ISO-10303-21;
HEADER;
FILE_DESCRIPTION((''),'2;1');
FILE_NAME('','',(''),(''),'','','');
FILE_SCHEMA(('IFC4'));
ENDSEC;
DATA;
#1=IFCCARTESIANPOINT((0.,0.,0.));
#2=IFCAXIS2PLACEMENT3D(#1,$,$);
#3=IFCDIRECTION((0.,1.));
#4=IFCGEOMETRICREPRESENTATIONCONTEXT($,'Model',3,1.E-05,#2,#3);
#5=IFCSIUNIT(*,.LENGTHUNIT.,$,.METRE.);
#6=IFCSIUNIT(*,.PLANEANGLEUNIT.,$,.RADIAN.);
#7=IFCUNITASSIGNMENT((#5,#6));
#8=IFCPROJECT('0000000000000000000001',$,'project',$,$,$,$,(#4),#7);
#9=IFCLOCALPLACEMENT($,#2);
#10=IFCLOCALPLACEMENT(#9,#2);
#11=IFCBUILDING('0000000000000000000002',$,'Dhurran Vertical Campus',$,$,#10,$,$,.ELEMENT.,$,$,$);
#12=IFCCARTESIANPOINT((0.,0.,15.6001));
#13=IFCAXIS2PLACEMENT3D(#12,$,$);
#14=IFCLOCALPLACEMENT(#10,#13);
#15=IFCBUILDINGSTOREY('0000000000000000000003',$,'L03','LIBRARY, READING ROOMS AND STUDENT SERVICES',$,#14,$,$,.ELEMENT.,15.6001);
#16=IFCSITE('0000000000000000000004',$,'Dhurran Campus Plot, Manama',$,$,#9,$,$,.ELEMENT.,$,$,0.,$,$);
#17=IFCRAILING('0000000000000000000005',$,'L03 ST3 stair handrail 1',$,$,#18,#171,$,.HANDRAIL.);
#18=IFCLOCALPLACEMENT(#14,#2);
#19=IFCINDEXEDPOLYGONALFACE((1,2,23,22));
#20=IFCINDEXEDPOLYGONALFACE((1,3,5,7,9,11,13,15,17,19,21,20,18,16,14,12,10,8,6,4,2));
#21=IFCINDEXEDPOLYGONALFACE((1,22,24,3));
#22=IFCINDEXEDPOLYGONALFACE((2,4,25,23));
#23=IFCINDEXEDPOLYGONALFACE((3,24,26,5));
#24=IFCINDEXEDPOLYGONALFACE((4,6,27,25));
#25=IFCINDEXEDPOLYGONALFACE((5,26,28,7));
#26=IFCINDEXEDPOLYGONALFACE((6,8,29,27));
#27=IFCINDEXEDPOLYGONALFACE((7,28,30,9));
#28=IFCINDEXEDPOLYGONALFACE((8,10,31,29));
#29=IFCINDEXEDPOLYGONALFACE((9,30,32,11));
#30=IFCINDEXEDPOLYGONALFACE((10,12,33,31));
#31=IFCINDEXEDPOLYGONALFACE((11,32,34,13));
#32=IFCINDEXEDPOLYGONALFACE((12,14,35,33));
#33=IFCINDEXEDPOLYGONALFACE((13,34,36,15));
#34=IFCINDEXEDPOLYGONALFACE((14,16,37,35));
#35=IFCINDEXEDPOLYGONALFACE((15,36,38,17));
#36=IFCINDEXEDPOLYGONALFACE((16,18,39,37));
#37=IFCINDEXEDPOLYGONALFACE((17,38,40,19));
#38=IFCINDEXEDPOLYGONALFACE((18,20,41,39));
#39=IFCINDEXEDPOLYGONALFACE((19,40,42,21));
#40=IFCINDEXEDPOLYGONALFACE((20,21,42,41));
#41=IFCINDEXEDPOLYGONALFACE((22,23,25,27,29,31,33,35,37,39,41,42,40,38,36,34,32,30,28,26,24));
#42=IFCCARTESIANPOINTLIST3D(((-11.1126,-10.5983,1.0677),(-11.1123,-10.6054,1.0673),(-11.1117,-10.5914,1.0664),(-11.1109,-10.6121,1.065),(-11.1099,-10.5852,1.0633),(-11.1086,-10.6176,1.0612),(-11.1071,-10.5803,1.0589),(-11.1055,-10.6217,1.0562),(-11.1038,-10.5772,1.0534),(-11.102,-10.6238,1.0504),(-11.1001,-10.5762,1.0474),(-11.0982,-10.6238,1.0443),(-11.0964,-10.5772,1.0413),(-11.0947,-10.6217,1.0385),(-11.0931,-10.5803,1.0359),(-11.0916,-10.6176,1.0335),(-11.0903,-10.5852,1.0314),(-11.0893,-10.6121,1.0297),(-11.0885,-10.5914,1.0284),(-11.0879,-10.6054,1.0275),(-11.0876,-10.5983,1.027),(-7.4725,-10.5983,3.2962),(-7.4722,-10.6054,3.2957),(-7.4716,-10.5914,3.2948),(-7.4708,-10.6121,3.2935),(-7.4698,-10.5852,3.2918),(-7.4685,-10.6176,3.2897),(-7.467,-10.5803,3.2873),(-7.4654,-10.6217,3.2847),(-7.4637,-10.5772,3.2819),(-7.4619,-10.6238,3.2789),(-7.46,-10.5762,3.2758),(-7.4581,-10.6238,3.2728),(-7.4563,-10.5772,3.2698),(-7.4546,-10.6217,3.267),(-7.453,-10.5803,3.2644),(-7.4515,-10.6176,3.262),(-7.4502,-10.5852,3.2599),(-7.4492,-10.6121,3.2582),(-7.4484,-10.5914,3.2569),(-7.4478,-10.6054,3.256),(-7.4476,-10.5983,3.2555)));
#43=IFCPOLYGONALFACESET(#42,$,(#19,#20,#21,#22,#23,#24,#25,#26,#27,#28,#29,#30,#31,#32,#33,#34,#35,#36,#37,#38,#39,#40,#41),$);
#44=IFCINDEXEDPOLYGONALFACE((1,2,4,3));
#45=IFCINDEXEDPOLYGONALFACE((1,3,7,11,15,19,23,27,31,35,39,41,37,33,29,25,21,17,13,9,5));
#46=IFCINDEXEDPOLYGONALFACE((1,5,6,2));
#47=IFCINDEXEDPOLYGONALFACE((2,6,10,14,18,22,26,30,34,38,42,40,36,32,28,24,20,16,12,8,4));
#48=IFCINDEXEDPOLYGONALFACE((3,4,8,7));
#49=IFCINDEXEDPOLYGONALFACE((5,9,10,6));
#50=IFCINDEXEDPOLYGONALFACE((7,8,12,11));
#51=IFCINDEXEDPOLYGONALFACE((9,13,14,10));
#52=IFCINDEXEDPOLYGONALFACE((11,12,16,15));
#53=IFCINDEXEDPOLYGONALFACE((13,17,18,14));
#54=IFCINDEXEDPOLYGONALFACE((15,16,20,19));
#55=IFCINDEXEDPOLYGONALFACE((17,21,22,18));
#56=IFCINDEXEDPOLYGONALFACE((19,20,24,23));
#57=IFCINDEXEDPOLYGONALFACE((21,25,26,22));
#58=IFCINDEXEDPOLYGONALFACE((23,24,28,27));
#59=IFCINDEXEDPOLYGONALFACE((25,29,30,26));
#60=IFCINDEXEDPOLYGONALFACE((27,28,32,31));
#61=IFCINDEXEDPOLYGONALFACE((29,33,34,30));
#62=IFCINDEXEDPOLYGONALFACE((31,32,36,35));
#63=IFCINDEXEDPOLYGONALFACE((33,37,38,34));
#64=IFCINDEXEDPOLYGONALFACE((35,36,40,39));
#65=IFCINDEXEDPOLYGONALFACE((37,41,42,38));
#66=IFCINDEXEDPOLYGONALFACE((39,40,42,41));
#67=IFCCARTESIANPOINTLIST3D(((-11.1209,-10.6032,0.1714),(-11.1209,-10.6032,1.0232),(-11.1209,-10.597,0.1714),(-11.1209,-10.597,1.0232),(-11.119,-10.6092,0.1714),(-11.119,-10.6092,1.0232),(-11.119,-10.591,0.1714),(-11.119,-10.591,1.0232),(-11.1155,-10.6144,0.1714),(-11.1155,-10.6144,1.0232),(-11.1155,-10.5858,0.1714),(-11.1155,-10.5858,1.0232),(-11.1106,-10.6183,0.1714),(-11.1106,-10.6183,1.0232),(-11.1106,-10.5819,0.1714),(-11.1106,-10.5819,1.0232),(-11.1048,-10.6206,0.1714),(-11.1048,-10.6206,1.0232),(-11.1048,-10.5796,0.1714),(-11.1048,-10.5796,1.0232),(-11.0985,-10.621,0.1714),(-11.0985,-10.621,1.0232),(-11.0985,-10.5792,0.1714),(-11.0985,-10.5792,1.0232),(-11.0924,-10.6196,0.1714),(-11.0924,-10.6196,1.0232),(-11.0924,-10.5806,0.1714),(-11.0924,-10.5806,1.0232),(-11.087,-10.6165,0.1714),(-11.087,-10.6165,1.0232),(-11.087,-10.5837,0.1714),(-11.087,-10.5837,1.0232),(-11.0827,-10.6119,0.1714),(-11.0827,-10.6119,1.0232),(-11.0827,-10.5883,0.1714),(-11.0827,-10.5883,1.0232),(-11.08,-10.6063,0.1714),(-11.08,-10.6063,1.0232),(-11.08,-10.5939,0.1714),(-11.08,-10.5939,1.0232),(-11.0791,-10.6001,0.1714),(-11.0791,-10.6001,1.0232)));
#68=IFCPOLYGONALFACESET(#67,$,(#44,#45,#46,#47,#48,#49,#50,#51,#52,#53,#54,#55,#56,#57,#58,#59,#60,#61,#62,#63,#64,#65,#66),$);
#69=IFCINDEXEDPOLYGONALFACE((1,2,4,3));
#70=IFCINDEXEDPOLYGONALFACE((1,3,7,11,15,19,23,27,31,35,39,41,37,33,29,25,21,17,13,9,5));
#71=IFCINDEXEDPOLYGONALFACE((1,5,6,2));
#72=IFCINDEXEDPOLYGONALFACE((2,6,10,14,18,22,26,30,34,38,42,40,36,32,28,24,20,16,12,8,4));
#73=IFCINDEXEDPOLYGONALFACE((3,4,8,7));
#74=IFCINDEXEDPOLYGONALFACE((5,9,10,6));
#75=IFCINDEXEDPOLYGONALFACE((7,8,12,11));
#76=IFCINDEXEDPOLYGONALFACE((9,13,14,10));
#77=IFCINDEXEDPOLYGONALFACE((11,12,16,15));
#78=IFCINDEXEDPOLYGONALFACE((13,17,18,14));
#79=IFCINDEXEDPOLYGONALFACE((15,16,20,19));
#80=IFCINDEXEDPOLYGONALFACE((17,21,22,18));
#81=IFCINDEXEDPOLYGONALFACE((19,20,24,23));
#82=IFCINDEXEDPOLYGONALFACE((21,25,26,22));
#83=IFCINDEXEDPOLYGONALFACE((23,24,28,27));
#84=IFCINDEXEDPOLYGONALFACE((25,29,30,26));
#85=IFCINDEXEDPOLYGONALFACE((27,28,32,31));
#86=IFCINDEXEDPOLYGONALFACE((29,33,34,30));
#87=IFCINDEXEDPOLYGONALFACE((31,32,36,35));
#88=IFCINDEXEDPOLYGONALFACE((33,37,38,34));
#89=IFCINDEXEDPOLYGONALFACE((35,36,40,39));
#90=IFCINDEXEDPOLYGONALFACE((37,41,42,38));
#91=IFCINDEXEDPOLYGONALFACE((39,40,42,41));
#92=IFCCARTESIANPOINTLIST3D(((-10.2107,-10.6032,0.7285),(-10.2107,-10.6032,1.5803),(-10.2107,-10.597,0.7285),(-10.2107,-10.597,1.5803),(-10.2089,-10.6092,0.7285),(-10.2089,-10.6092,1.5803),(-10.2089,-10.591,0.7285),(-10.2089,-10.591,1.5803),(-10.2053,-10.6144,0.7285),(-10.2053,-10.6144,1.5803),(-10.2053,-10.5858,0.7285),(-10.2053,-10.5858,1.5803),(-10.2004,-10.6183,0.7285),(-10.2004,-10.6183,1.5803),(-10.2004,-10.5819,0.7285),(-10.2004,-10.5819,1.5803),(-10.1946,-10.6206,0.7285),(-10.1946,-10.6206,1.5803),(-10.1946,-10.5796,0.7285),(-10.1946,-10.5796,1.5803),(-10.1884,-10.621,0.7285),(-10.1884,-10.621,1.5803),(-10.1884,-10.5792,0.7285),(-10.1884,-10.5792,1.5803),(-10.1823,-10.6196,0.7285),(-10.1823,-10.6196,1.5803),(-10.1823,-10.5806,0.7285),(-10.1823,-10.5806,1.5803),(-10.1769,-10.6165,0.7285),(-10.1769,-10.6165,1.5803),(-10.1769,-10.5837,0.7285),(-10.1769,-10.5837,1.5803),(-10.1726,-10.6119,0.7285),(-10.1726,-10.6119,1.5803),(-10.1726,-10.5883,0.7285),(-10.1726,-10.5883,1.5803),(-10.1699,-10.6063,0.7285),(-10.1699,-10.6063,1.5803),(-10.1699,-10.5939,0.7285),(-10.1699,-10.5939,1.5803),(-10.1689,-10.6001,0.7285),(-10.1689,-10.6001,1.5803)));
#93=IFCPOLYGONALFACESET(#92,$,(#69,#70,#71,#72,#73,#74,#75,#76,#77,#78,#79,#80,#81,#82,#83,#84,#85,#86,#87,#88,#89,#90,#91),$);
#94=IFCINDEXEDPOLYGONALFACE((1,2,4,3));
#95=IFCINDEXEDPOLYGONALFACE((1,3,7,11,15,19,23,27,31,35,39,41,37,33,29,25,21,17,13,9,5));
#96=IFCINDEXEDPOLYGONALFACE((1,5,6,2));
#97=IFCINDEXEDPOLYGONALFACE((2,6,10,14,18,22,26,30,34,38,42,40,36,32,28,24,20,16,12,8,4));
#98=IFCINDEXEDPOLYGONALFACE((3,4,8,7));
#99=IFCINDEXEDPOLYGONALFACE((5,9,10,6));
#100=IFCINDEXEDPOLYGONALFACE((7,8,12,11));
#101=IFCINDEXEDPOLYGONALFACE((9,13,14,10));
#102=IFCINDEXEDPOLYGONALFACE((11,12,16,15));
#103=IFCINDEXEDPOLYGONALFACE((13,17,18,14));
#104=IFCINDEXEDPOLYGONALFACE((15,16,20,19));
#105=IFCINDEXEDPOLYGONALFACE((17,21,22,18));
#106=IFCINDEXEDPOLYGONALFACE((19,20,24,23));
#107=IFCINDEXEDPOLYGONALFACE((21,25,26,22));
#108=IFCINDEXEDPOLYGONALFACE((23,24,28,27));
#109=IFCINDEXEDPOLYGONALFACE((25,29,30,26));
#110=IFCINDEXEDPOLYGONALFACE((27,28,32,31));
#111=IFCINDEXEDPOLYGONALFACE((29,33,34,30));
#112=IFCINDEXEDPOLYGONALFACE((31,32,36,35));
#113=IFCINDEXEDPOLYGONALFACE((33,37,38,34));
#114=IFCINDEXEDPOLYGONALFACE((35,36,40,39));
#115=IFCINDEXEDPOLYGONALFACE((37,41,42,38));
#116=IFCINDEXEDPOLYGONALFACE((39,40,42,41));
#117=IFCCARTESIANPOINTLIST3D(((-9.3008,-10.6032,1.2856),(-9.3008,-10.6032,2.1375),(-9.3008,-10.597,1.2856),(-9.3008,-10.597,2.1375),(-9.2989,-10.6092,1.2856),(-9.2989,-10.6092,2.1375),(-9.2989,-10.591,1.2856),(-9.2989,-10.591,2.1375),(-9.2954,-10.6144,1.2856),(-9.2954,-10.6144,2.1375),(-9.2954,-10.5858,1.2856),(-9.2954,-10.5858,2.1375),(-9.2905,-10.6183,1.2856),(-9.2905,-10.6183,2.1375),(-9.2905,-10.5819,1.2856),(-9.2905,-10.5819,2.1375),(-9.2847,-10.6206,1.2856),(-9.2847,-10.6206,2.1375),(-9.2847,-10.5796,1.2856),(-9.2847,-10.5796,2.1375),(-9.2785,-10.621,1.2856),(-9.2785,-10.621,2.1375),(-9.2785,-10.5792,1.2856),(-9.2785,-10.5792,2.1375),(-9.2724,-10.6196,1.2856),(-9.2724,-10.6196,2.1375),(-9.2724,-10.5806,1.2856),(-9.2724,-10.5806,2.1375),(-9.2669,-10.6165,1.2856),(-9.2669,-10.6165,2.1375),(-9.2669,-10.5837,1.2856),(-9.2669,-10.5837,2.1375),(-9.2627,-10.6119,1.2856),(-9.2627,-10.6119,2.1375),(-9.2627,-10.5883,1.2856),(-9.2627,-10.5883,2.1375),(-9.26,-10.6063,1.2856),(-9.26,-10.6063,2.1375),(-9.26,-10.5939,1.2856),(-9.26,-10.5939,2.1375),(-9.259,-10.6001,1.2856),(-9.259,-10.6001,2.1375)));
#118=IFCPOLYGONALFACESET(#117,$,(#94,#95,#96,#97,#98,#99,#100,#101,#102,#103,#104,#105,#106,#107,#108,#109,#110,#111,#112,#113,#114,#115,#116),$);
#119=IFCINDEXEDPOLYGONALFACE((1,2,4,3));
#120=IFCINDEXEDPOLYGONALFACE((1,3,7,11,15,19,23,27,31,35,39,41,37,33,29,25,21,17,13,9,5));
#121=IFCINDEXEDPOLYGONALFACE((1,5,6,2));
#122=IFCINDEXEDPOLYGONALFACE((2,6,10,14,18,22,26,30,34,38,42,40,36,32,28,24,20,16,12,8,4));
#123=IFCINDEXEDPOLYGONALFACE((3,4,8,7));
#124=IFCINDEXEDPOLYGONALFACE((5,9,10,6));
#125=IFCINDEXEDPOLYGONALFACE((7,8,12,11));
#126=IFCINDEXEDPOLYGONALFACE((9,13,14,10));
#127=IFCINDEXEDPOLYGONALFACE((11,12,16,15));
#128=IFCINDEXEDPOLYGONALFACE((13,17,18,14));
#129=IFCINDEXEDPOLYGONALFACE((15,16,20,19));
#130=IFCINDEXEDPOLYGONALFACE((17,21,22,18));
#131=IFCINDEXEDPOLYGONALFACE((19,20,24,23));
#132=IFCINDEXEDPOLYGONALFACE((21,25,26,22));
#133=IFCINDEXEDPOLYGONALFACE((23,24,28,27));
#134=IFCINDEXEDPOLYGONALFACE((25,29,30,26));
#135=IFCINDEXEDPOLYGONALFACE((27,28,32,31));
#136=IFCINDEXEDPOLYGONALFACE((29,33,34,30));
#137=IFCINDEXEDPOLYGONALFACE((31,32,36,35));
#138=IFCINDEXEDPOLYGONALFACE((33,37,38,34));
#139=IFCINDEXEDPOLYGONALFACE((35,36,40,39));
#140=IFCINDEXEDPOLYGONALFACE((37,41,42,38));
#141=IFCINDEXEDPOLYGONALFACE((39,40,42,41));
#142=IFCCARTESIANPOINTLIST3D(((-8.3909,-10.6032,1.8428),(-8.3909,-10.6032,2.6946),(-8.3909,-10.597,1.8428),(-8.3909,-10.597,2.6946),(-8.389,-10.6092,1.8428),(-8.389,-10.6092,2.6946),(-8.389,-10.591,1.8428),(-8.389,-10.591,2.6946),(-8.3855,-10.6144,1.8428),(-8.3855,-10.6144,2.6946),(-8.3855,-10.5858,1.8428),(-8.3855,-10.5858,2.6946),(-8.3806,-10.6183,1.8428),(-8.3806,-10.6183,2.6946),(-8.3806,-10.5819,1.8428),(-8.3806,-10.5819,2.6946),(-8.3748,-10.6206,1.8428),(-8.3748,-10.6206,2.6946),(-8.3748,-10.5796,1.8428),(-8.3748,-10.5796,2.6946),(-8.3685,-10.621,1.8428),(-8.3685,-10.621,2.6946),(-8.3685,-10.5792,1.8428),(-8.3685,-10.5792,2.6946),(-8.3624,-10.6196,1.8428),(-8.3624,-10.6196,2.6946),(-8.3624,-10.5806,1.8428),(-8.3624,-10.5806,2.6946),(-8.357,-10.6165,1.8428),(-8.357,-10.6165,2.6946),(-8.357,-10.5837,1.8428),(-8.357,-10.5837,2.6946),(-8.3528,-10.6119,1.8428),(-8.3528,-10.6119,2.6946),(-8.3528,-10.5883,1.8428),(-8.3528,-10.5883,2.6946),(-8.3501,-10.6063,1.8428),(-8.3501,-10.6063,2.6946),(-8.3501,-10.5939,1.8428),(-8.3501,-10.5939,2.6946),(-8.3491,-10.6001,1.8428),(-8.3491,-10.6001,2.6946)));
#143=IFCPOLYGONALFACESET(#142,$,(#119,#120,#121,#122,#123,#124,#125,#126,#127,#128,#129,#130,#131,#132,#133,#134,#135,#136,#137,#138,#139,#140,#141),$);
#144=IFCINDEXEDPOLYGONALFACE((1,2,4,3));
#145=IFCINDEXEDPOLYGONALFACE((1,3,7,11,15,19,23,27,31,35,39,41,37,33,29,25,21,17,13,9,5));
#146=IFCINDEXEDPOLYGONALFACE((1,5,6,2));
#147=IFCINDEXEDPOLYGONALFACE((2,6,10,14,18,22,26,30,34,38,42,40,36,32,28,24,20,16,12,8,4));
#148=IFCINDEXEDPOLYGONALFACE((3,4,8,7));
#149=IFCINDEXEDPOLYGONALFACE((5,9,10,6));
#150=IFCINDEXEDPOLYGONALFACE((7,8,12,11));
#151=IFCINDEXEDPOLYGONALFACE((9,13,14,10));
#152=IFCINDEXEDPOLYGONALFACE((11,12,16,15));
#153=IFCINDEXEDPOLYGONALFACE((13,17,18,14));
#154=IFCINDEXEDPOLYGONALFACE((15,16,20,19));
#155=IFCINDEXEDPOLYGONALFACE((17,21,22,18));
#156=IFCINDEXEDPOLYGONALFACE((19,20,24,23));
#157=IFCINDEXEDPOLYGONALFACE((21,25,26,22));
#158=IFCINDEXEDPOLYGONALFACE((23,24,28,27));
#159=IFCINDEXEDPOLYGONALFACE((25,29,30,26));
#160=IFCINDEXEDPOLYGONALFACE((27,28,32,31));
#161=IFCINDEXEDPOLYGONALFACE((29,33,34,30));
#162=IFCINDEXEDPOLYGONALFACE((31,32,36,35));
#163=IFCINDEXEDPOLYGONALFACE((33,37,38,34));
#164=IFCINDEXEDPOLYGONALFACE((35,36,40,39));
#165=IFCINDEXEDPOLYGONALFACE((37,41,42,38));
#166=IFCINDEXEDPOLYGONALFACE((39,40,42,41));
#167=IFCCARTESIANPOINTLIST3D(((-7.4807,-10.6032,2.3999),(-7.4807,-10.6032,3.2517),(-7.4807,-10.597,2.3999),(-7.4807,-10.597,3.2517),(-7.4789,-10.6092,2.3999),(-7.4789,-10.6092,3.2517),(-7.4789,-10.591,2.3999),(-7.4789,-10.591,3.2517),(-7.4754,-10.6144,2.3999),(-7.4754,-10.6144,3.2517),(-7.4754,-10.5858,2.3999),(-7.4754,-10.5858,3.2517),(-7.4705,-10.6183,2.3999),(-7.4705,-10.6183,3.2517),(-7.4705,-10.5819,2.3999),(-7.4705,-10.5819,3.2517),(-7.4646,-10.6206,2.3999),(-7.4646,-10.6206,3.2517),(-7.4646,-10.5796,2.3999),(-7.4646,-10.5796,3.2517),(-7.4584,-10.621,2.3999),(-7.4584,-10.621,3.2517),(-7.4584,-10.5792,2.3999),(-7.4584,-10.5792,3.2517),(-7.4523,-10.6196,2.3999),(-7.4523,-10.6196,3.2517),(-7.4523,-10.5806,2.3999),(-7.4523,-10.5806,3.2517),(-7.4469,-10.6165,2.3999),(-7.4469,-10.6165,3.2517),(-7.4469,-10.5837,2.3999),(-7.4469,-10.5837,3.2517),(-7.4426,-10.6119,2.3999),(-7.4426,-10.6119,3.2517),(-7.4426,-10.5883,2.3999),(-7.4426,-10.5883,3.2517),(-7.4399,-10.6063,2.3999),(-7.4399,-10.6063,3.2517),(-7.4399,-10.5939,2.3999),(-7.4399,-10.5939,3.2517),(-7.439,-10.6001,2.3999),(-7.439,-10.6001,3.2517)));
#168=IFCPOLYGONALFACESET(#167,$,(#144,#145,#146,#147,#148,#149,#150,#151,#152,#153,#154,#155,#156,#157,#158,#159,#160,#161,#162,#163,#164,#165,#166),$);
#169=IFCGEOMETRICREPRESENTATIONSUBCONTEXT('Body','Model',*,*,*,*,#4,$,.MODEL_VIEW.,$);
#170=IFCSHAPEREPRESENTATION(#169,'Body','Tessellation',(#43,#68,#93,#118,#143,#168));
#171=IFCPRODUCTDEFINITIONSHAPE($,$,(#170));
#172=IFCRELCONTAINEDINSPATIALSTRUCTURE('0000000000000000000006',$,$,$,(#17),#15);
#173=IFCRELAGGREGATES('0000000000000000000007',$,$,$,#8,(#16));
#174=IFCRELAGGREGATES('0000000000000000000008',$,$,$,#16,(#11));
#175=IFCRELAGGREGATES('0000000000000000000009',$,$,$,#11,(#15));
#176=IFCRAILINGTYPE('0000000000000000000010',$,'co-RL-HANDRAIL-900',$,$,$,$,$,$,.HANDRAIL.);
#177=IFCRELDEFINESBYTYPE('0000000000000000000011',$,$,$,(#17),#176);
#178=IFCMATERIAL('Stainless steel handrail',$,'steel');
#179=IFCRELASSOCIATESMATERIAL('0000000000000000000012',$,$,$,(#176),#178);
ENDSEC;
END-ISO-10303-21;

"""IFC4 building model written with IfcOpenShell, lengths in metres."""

from ifc_helpers import new_model, si_unit, direction, frame, origin, origin_2d, place, context, subcontext, project, spatial, circle, extrude, material, type_object, element, save


model = new_model("IFC4")

# Units and contexts
model_context = context("Model", 3, precision=1e-05, world=origin(), true_north=direction((0.0, 1.0)))
body_context = subcontext(model_context, "Body", "Model", "MODEL_VIEW")
ifc_project = project(units=[si_unit("LENGTHUNIT", "METRE"), si_unit("PLANEANGLEUNIT", "RADIAN")], contexts=[model_context])

# Site, building, storey
site_placement = place(None, origin())
site = spatial("IfcSite", under=ifc_project, at=site_placement, Name="Dhurran Campus Plot, Manama", CompositionType="ELEMENT", RefElevation=0.0)
building_placement = place(site_placement, origin())
building = spatial("IfcBuilding", under=site, at=building_placement, Name="Dhurran Vertical Campus", CompositionType="ELEMENT")
storey_placement = place(building_placement, frame((0.0, 0.0, 15.6001)))
storey = spatial("IfcBuildingStorey", under=building, at=storey_placement, Name="L03", Description="LIBRARY, READING ROOMS AND STUDENT SERVICES", CompositionType="ELEMENT", Elevation=15.6001)

# Railing
ifc_material_1 = material(Name="Stainless steel handrail", Category="steel")
railing_type_1 = type_object("IfcRailingType", Name="co-RL-HANDRAIL-900", PredefinedType="HANDRAIL", material=ifc_material_1)
railing_1_placement = place(storey_placement, frame((-11.1001, -10.6001, 0.1714)))
element("IfcRailing", 1, at=railing_1_placement, inside=storey, type_object=railing_type_1, Name="L03 ST3 stair handrail 1", PredefinedType="HANDRAIL", context=body_context, shape_type="SweptSolid", body=[
    extrude(circle(Radius=0.0239, at=origin_2d()), frame((0.0, 0.0, 0.876), z_axis=(0.852866, 0.0, 0.52213), x_axis=(0.0, 1.0, 0.0)), (0.0, 0.0, 1.0), 4.2681),
    extrude(circle(Radius=0.021, at=origin_2d()), origin(), (0.0, 0.0, 1.0), 0.8518),
    extrude(circle(Radius=0.021, at=origin_2d()), frame((0.9102, 0.0, 0.5571)), (0.0, 0.0, 1.0), 0.8518),
    extrude(circle(Radius=0.021, at=origin_2d()), frame((1.8201, 0.0, 1.1143)), (0.0, 0.0, 1.0), 0.8518),
    extrude(circle(Radius=0.021, at=origin_2d()), frame((2.73, 0.0, 1.6714)), (0.0, 0.0, 1.0), 0.8518),
    extrude(circle(Radius=0.021, at=origin_2d()), frame((3.6401, 0.0, 2.2285)), (0.0, 0.0, 1.0), 0.8518),
])

save(model, "model.ifc")
